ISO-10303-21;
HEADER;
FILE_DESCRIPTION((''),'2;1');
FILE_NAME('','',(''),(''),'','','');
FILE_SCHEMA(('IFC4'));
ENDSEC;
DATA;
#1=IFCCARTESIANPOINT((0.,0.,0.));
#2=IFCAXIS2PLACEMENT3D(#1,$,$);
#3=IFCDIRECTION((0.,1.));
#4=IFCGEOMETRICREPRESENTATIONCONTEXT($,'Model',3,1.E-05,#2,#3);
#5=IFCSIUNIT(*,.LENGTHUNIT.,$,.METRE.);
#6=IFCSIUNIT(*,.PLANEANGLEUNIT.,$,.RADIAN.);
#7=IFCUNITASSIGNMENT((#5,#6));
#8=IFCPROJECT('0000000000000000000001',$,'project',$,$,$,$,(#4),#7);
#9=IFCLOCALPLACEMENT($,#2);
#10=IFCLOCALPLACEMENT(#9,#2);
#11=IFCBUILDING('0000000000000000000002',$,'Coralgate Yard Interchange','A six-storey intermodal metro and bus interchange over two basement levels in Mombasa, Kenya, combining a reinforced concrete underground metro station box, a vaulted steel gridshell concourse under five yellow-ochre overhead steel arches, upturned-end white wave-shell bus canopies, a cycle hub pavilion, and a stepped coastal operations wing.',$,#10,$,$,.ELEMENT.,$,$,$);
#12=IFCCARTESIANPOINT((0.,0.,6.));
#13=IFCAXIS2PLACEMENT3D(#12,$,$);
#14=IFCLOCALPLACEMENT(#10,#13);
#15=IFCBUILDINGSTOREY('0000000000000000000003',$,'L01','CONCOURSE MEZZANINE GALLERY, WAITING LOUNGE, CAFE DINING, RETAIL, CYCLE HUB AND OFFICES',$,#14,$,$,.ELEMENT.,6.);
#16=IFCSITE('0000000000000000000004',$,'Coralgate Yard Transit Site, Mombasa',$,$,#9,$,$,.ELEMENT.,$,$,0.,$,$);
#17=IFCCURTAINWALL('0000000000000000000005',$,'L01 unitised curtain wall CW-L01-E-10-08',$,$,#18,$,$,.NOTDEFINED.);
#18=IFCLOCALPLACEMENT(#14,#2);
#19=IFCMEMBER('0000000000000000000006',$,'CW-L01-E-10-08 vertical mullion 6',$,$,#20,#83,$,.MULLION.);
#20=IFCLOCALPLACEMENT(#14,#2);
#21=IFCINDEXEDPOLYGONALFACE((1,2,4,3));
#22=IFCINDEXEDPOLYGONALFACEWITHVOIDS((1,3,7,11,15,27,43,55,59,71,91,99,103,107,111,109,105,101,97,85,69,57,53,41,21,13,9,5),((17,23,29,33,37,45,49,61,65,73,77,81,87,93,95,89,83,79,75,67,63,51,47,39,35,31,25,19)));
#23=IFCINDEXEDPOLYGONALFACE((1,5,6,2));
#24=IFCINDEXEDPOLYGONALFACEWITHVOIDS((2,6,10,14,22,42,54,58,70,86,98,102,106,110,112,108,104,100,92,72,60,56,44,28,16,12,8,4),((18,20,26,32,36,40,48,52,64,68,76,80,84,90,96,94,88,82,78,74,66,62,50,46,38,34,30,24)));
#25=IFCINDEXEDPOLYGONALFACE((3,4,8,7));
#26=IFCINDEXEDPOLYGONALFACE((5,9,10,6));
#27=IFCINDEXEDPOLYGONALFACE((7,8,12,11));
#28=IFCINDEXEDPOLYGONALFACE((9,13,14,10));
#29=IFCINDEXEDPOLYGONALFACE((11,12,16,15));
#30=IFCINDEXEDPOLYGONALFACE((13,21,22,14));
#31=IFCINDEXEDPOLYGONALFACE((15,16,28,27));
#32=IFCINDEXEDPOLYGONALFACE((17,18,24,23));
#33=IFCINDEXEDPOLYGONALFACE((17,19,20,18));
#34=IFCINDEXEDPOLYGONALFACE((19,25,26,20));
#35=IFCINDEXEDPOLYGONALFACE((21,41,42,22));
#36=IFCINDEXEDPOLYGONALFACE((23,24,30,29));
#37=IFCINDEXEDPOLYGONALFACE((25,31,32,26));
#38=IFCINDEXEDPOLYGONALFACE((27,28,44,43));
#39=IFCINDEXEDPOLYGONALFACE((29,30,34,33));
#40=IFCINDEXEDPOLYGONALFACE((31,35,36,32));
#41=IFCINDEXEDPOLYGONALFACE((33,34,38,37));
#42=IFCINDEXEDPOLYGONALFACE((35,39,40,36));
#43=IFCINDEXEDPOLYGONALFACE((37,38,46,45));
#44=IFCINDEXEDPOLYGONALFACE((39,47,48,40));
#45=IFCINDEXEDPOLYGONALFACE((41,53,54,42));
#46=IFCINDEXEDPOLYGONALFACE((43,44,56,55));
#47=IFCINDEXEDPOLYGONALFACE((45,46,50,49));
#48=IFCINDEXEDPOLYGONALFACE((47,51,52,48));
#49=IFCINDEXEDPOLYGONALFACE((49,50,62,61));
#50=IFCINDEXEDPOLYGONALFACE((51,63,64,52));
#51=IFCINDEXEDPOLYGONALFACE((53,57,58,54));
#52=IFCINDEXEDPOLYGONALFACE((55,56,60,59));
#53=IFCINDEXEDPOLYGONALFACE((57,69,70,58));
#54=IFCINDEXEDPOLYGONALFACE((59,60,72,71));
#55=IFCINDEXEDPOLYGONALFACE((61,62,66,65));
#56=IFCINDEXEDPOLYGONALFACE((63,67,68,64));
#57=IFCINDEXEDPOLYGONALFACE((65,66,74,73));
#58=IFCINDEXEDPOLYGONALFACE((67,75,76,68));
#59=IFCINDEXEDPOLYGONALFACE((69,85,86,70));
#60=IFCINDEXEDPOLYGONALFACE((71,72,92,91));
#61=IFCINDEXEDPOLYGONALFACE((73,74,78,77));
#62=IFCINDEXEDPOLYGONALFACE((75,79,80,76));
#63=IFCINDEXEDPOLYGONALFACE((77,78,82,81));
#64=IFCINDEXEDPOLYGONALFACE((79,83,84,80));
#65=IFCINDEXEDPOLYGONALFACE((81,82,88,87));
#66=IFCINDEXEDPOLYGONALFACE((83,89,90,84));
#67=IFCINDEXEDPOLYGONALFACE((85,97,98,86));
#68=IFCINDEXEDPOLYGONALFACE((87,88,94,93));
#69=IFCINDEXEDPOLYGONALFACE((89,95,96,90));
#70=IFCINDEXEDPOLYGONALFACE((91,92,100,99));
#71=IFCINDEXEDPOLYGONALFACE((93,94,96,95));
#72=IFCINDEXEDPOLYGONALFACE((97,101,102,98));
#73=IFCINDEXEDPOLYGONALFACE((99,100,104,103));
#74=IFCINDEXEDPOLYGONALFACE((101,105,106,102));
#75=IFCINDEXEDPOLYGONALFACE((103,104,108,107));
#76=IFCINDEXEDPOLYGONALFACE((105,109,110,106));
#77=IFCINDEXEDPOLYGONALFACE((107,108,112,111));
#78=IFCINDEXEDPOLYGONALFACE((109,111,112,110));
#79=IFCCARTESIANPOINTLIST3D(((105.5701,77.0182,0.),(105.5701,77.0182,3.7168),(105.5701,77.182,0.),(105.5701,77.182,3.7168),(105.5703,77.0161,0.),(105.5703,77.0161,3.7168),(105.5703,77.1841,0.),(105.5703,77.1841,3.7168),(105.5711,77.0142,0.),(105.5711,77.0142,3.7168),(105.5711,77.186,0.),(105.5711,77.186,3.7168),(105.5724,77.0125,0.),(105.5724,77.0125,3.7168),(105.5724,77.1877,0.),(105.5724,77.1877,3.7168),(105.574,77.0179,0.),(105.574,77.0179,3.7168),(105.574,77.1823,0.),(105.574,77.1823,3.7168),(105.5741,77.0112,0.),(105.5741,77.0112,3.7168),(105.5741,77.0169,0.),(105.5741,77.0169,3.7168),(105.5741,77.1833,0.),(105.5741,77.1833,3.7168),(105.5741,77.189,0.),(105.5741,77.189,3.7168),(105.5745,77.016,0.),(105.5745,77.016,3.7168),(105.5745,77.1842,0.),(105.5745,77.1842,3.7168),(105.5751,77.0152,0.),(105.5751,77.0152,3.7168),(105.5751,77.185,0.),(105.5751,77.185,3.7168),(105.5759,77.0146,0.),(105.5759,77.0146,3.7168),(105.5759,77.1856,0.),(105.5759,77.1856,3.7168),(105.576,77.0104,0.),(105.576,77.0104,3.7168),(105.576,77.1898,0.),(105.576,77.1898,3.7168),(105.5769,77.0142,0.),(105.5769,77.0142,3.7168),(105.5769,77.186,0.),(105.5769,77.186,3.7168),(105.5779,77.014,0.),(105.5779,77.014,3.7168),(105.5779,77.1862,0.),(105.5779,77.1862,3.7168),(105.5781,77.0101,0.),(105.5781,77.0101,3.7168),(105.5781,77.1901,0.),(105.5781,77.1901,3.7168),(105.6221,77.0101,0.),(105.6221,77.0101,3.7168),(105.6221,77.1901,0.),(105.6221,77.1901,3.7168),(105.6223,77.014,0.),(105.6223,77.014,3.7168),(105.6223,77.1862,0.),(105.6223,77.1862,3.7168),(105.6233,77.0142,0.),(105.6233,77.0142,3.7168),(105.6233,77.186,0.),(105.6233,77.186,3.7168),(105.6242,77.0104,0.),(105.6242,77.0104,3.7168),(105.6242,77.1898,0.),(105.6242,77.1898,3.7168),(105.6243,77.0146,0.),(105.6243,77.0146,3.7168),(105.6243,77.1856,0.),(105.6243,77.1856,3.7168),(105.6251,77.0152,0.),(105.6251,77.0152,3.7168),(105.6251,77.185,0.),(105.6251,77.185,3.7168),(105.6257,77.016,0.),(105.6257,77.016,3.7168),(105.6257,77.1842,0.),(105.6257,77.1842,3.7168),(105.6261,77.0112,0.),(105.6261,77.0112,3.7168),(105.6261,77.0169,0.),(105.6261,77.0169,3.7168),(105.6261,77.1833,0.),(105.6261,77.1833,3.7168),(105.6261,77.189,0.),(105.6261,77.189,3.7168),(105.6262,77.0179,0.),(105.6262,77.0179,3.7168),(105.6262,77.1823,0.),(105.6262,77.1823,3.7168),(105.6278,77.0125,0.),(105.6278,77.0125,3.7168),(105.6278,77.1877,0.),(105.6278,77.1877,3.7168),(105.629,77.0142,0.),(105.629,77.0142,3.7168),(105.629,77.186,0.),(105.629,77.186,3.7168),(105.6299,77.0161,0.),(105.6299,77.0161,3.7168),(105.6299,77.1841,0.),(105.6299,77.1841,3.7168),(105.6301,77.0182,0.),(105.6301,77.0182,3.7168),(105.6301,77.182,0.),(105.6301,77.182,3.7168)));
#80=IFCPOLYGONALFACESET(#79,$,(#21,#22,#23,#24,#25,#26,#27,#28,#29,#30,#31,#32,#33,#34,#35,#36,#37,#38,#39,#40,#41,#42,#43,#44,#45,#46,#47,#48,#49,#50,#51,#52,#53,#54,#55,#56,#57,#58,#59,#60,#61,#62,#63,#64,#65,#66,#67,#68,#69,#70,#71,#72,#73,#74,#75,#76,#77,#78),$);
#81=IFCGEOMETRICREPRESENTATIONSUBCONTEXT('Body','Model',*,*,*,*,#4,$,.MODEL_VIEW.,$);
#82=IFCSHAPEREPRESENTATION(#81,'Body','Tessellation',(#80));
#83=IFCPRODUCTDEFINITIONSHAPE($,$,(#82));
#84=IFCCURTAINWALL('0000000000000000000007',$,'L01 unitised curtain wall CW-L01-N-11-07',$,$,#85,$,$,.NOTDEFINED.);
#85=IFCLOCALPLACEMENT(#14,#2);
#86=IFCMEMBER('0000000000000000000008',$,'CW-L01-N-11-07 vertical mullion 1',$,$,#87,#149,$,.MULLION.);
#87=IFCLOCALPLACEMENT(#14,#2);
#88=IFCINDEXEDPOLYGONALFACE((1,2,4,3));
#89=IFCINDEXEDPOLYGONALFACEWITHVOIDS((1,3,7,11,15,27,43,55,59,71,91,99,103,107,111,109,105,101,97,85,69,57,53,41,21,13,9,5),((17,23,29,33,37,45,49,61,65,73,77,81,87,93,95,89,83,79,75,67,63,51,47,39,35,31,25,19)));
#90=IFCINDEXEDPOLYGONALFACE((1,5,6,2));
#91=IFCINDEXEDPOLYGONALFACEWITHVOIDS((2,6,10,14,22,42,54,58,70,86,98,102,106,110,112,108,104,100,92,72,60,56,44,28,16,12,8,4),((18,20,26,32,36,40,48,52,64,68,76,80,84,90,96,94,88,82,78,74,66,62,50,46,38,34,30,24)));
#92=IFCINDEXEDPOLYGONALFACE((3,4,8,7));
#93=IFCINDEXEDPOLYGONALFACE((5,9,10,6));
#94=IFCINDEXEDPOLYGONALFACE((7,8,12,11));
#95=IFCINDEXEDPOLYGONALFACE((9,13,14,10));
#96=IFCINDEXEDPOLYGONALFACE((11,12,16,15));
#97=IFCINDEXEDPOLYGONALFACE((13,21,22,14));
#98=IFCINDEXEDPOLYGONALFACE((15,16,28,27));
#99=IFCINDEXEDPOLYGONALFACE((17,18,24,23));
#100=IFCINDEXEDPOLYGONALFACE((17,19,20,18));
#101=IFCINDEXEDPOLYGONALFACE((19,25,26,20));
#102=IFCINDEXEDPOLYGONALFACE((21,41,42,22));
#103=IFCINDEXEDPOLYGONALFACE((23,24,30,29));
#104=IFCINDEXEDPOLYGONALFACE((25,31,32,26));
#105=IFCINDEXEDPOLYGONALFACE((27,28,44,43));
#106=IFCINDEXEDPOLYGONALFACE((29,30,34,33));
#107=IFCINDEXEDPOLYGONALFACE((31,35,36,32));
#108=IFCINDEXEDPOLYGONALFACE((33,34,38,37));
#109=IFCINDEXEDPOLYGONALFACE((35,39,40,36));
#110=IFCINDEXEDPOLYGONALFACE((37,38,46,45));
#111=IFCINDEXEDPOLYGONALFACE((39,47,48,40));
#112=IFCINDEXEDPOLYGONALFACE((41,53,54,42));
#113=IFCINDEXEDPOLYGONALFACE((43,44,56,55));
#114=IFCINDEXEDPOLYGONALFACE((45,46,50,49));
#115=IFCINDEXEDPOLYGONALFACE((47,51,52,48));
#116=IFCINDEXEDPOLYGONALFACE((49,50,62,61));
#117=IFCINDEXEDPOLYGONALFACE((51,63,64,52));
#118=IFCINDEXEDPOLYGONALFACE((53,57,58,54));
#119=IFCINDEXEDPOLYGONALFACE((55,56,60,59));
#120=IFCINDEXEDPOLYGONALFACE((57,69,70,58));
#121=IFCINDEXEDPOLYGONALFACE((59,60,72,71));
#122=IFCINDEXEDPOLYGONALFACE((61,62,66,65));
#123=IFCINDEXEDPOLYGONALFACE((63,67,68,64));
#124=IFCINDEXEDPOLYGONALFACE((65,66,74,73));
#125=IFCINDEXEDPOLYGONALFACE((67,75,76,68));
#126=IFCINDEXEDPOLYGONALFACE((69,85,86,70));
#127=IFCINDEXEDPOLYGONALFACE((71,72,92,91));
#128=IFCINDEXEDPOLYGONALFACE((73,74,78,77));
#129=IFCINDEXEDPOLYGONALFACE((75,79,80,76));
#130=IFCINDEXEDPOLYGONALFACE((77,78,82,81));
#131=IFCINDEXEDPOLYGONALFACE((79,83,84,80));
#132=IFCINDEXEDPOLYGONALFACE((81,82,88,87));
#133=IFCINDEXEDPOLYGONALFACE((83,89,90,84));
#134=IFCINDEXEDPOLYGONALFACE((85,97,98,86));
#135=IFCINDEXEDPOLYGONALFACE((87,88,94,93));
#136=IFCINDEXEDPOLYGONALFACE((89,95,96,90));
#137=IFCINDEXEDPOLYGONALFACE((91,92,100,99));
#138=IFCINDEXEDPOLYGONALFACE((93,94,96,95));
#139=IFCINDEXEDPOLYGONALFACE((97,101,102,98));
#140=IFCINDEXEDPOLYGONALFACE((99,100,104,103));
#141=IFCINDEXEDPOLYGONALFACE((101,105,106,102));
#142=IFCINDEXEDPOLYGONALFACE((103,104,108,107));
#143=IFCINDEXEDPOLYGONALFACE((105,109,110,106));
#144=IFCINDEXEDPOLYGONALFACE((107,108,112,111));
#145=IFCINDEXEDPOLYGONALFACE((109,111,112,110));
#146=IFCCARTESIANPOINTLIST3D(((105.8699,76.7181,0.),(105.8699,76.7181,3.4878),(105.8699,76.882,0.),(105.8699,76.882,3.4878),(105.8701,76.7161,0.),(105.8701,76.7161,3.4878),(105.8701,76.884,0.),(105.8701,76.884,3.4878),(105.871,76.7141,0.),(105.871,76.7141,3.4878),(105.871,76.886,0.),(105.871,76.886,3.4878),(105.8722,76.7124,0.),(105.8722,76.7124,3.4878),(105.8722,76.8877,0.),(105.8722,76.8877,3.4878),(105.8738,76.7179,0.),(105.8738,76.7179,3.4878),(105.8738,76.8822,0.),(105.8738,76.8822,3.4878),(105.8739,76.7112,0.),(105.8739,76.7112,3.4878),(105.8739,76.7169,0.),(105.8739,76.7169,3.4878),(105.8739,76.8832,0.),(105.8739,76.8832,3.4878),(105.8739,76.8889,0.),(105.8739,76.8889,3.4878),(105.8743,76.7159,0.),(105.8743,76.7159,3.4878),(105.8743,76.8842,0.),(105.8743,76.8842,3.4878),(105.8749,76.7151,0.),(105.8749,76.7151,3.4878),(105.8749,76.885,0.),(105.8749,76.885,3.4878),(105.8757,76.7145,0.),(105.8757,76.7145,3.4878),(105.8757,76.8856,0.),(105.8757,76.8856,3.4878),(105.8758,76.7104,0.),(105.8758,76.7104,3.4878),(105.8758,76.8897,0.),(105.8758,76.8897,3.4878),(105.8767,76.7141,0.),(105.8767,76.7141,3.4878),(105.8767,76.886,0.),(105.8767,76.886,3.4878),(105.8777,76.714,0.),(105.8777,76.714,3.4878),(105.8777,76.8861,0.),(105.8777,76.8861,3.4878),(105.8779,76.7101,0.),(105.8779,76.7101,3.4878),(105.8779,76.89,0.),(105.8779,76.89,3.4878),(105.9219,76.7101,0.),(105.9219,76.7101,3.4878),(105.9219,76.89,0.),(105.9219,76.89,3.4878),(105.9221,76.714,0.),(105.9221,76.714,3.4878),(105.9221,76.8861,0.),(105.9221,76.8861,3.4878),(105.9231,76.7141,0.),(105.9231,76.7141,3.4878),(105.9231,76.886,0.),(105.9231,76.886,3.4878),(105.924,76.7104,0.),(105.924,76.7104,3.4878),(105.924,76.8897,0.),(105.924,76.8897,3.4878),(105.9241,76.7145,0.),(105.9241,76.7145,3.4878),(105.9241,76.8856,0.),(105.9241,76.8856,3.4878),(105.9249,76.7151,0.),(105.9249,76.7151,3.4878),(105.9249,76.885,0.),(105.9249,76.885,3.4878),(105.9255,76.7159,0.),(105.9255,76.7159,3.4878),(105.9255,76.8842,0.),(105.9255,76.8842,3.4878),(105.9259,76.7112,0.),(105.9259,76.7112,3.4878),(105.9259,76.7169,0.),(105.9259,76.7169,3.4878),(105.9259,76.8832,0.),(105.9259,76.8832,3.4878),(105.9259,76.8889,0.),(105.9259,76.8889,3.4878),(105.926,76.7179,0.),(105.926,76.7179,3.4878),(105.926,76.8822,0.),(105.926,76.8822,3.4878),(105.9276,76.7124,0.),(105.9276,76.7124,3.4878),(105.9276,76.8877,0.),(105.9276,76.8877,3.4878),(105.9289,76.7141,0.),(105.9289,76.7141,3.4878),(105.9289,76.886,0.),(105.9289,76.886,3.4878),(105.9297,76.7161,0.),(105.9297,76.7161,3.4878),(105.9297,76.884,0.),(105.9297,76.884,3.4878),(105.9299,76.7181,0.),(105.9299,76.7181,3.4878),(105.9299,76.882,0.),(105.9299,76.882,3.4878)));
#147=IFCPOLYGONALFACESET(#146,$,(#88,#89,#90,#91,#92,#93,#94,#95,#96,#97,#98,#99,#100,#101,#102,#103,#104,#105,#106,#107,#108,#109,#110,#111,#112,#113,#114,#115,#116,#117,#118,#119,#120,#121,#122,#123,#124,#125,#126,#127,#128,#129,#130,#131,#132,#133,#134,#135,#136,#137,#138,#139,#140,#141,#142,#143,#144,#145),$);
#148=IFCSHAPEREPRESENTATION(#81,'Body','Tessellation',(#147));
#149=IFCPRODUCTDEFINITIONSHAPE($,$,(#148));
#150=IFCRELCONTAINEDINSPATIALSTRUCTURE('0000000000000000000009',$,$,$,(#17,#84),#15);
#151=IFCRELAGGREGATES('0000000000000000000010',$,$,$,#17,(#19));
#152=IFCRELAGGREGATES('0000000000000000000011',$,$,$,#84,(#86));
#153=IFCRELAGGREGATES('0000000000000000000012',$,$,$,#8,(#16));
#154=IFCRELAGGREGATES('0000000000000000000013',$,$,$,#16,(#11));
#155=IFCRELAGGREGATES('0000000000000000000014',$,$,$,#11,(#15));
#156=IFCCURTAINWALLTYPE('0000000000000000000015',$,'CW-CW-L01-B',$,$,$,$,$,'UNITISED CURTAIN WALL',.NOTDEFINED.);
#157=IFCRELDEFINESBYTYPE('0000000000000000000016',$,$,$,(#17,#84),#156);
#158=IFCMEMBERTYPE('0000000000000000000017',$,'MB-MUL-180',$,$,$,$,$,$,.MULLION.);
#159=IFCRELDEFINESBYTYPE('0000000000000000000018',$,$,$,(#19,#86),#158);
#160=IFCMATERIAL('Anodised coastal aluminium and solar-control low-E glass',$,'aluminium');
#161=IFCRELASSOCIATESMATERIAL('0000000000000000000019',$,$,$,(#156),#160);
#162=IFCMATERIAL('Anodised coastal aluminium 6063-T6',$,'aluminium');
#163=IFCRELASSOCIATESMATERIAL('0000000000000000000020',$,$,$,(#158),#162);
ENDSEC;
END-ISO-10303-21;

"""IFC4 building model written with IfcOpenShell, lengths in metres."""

from ifc_helpers import new_model, si_unit, direction, frame, origin, origin_2d, place, context, subcontext, project, spatial, hollow_rectangle, extrude, material, material_profile, profile_set, type_object, element, aggregate, save


model = new_model("IFC4")

# Units and contexts
model_context = context("Model", 3, precision=1e-05, world=origin(), true_north=direction((0.0, 1.0)))
body_context = subcontext(model_context, "Body", "Model", "MODEL_VIEW")
ifc_project = project(units=[si_unit("LENGTHUNIT", "METRE"), si_unit("PLANEANGLEUNIT", "RADIAN")], contexts=[model_context])

# Site, building, storey
site_placement = place(None, origin())
site = spatial("IfcSite", under=ifc_project, at=site_placement, Name="Coralgate Yard Transit Site, Mombasa", CompositionType="ELEMENT", RefElevation=0.0)
building_placement = place(site_placement, origin())
building = spatial("IfcBuilding", under=site, at=building_placement, Name="Coralgate Yard Interchange", Description="A six-storey intermodal metro and bus interchange over two basement levels in Mombasa, Kenya, combining a reinforced concrete underground metro station box, a vaulted steel gridshell concourse under five yellow-ochre overhead steel arches, upturned-end white wave-shell bus canopies, a cycle hub pavilion, and a stepped coastal operations wing.", CompositionType="ELEMENT")
storey_placement = place(building_placement, frame((0.0, 0.0, 6.0)))
storey = spatial("IfcBuildingStorey", under=building, at=storey_placement, Name="L01", Description="CONCOURSE MEZZANINE GALLERY, WAITING LOUNGE, CAFE DINING, RETAIL, CYCLE HUB AND OFFICES", CompositionType="ELEMENT", Elevation=6.0)

# Curtain walls, members
ifc_material_1 = material(Name="Anodised coastal aluminium and solar-control low-E glass", Category="aluminium")
curtain_wall_type = type_object("IfcCurtainWallType", Name="CW-CW-L01-B", ElementType="UNITISED CURTAIN WALL", PredefinedType="NOTDEFINED", material=ifc_material_1)
curtain_wall_1_placement = place(storey_placement, origin())
curtain_wall_1 = element("IfcCurtainWall", 1, at=curtain_wall_1_placement, inside=storey, type_object=curtain_wall_type, Name="L01 unitised curtain wall CW-L01-E-10-08", PredefinedType="NOTDEFINED")
ifc_material_2 = material(Name="Anodised coastal aluminium 6063-T6", Category="aluminium")
ifc_material_profile_1 = material_profile(ifc_material_2, hollow_rectangle(XDim=0.0601, YDim=0.1799, WallThickness=0.0039, InnerFilletRadius=0.0039, OuterFilletRadius=0.0081, at=origin_2d()), Name="ALU 60x180x4")
ifc_profile_set_1 = profile_set([ifc_material_profile_1], Name="Anodised coastal aluminium 6063-T6")
member_type_1 = type_object("IfcMemberType", Name="MB-MUL-180", PredefinedType="MULLION", material=ifc_profile_set_1)
member_1_placement = place(storey_placement, frame((105.6001, 77.1001, 0.0), z_axis=(0.0, 0.0, 1.0), x_axis=(1.0, 0.0, 0.0)))
member_1 = element("IfcMember", 2, at=member_1_placement, type_object=member_type_1, Name="CW-L01-E-10-08 vertical mullion 6", PredefinedType="MULLION", context=body_context, shape_type="SweptSolid", body=[
    extrude(hollow_rectangle(XDim=0.0601, YDim=0.1799, WallThickness=0.0039, InnerFilletRadius=0.0039, OuterFilletRadius=0.0081, at=origin_2d()), origin(), (0.0, 0.0, 1.0), 3.7168),
])
curtain_wall_2_placement = place(storey_placement, origin())
curtain_wall_2 = element("IfcCurtainWall", 3, at=curtain_wall_2_placement, inside=storey, type_object=curtain_wall_type, Name="L01 unitised curtain wall CW-L01-N-11-07", PredefinedType="NOTDEFINED")
member_2_placement = place(storey_placement, frame((105.8999, 76.8, 0.0), z_axis=(0.0, 0.0, 1.0), x_axis=(1.0, 0.0, 0.0)))
member_2 = element("IfcMember", 4, at=member_2_placement, type_object=member_type_1, Name="CW-L01-N-11-07 vertical mullion 1", PredefinedType="MULLION", context=body_context, shape_type="SweptSolid", body=[
    extrude(hollow_rectangle(XDim=0.0601, YDim=0.1799, WallThickness=0.0039, InnerFilletRadius=0.0039, OuterFilletRadius=0.0081, at=origin_2d()), origin(), (0.0, 0.0, 1.0), 3.4878),
])

aggregate(curtain_wall_1, [member_1])
aggregate(curtain_wall_2, [member_2])

save(model, "model.ifc")
